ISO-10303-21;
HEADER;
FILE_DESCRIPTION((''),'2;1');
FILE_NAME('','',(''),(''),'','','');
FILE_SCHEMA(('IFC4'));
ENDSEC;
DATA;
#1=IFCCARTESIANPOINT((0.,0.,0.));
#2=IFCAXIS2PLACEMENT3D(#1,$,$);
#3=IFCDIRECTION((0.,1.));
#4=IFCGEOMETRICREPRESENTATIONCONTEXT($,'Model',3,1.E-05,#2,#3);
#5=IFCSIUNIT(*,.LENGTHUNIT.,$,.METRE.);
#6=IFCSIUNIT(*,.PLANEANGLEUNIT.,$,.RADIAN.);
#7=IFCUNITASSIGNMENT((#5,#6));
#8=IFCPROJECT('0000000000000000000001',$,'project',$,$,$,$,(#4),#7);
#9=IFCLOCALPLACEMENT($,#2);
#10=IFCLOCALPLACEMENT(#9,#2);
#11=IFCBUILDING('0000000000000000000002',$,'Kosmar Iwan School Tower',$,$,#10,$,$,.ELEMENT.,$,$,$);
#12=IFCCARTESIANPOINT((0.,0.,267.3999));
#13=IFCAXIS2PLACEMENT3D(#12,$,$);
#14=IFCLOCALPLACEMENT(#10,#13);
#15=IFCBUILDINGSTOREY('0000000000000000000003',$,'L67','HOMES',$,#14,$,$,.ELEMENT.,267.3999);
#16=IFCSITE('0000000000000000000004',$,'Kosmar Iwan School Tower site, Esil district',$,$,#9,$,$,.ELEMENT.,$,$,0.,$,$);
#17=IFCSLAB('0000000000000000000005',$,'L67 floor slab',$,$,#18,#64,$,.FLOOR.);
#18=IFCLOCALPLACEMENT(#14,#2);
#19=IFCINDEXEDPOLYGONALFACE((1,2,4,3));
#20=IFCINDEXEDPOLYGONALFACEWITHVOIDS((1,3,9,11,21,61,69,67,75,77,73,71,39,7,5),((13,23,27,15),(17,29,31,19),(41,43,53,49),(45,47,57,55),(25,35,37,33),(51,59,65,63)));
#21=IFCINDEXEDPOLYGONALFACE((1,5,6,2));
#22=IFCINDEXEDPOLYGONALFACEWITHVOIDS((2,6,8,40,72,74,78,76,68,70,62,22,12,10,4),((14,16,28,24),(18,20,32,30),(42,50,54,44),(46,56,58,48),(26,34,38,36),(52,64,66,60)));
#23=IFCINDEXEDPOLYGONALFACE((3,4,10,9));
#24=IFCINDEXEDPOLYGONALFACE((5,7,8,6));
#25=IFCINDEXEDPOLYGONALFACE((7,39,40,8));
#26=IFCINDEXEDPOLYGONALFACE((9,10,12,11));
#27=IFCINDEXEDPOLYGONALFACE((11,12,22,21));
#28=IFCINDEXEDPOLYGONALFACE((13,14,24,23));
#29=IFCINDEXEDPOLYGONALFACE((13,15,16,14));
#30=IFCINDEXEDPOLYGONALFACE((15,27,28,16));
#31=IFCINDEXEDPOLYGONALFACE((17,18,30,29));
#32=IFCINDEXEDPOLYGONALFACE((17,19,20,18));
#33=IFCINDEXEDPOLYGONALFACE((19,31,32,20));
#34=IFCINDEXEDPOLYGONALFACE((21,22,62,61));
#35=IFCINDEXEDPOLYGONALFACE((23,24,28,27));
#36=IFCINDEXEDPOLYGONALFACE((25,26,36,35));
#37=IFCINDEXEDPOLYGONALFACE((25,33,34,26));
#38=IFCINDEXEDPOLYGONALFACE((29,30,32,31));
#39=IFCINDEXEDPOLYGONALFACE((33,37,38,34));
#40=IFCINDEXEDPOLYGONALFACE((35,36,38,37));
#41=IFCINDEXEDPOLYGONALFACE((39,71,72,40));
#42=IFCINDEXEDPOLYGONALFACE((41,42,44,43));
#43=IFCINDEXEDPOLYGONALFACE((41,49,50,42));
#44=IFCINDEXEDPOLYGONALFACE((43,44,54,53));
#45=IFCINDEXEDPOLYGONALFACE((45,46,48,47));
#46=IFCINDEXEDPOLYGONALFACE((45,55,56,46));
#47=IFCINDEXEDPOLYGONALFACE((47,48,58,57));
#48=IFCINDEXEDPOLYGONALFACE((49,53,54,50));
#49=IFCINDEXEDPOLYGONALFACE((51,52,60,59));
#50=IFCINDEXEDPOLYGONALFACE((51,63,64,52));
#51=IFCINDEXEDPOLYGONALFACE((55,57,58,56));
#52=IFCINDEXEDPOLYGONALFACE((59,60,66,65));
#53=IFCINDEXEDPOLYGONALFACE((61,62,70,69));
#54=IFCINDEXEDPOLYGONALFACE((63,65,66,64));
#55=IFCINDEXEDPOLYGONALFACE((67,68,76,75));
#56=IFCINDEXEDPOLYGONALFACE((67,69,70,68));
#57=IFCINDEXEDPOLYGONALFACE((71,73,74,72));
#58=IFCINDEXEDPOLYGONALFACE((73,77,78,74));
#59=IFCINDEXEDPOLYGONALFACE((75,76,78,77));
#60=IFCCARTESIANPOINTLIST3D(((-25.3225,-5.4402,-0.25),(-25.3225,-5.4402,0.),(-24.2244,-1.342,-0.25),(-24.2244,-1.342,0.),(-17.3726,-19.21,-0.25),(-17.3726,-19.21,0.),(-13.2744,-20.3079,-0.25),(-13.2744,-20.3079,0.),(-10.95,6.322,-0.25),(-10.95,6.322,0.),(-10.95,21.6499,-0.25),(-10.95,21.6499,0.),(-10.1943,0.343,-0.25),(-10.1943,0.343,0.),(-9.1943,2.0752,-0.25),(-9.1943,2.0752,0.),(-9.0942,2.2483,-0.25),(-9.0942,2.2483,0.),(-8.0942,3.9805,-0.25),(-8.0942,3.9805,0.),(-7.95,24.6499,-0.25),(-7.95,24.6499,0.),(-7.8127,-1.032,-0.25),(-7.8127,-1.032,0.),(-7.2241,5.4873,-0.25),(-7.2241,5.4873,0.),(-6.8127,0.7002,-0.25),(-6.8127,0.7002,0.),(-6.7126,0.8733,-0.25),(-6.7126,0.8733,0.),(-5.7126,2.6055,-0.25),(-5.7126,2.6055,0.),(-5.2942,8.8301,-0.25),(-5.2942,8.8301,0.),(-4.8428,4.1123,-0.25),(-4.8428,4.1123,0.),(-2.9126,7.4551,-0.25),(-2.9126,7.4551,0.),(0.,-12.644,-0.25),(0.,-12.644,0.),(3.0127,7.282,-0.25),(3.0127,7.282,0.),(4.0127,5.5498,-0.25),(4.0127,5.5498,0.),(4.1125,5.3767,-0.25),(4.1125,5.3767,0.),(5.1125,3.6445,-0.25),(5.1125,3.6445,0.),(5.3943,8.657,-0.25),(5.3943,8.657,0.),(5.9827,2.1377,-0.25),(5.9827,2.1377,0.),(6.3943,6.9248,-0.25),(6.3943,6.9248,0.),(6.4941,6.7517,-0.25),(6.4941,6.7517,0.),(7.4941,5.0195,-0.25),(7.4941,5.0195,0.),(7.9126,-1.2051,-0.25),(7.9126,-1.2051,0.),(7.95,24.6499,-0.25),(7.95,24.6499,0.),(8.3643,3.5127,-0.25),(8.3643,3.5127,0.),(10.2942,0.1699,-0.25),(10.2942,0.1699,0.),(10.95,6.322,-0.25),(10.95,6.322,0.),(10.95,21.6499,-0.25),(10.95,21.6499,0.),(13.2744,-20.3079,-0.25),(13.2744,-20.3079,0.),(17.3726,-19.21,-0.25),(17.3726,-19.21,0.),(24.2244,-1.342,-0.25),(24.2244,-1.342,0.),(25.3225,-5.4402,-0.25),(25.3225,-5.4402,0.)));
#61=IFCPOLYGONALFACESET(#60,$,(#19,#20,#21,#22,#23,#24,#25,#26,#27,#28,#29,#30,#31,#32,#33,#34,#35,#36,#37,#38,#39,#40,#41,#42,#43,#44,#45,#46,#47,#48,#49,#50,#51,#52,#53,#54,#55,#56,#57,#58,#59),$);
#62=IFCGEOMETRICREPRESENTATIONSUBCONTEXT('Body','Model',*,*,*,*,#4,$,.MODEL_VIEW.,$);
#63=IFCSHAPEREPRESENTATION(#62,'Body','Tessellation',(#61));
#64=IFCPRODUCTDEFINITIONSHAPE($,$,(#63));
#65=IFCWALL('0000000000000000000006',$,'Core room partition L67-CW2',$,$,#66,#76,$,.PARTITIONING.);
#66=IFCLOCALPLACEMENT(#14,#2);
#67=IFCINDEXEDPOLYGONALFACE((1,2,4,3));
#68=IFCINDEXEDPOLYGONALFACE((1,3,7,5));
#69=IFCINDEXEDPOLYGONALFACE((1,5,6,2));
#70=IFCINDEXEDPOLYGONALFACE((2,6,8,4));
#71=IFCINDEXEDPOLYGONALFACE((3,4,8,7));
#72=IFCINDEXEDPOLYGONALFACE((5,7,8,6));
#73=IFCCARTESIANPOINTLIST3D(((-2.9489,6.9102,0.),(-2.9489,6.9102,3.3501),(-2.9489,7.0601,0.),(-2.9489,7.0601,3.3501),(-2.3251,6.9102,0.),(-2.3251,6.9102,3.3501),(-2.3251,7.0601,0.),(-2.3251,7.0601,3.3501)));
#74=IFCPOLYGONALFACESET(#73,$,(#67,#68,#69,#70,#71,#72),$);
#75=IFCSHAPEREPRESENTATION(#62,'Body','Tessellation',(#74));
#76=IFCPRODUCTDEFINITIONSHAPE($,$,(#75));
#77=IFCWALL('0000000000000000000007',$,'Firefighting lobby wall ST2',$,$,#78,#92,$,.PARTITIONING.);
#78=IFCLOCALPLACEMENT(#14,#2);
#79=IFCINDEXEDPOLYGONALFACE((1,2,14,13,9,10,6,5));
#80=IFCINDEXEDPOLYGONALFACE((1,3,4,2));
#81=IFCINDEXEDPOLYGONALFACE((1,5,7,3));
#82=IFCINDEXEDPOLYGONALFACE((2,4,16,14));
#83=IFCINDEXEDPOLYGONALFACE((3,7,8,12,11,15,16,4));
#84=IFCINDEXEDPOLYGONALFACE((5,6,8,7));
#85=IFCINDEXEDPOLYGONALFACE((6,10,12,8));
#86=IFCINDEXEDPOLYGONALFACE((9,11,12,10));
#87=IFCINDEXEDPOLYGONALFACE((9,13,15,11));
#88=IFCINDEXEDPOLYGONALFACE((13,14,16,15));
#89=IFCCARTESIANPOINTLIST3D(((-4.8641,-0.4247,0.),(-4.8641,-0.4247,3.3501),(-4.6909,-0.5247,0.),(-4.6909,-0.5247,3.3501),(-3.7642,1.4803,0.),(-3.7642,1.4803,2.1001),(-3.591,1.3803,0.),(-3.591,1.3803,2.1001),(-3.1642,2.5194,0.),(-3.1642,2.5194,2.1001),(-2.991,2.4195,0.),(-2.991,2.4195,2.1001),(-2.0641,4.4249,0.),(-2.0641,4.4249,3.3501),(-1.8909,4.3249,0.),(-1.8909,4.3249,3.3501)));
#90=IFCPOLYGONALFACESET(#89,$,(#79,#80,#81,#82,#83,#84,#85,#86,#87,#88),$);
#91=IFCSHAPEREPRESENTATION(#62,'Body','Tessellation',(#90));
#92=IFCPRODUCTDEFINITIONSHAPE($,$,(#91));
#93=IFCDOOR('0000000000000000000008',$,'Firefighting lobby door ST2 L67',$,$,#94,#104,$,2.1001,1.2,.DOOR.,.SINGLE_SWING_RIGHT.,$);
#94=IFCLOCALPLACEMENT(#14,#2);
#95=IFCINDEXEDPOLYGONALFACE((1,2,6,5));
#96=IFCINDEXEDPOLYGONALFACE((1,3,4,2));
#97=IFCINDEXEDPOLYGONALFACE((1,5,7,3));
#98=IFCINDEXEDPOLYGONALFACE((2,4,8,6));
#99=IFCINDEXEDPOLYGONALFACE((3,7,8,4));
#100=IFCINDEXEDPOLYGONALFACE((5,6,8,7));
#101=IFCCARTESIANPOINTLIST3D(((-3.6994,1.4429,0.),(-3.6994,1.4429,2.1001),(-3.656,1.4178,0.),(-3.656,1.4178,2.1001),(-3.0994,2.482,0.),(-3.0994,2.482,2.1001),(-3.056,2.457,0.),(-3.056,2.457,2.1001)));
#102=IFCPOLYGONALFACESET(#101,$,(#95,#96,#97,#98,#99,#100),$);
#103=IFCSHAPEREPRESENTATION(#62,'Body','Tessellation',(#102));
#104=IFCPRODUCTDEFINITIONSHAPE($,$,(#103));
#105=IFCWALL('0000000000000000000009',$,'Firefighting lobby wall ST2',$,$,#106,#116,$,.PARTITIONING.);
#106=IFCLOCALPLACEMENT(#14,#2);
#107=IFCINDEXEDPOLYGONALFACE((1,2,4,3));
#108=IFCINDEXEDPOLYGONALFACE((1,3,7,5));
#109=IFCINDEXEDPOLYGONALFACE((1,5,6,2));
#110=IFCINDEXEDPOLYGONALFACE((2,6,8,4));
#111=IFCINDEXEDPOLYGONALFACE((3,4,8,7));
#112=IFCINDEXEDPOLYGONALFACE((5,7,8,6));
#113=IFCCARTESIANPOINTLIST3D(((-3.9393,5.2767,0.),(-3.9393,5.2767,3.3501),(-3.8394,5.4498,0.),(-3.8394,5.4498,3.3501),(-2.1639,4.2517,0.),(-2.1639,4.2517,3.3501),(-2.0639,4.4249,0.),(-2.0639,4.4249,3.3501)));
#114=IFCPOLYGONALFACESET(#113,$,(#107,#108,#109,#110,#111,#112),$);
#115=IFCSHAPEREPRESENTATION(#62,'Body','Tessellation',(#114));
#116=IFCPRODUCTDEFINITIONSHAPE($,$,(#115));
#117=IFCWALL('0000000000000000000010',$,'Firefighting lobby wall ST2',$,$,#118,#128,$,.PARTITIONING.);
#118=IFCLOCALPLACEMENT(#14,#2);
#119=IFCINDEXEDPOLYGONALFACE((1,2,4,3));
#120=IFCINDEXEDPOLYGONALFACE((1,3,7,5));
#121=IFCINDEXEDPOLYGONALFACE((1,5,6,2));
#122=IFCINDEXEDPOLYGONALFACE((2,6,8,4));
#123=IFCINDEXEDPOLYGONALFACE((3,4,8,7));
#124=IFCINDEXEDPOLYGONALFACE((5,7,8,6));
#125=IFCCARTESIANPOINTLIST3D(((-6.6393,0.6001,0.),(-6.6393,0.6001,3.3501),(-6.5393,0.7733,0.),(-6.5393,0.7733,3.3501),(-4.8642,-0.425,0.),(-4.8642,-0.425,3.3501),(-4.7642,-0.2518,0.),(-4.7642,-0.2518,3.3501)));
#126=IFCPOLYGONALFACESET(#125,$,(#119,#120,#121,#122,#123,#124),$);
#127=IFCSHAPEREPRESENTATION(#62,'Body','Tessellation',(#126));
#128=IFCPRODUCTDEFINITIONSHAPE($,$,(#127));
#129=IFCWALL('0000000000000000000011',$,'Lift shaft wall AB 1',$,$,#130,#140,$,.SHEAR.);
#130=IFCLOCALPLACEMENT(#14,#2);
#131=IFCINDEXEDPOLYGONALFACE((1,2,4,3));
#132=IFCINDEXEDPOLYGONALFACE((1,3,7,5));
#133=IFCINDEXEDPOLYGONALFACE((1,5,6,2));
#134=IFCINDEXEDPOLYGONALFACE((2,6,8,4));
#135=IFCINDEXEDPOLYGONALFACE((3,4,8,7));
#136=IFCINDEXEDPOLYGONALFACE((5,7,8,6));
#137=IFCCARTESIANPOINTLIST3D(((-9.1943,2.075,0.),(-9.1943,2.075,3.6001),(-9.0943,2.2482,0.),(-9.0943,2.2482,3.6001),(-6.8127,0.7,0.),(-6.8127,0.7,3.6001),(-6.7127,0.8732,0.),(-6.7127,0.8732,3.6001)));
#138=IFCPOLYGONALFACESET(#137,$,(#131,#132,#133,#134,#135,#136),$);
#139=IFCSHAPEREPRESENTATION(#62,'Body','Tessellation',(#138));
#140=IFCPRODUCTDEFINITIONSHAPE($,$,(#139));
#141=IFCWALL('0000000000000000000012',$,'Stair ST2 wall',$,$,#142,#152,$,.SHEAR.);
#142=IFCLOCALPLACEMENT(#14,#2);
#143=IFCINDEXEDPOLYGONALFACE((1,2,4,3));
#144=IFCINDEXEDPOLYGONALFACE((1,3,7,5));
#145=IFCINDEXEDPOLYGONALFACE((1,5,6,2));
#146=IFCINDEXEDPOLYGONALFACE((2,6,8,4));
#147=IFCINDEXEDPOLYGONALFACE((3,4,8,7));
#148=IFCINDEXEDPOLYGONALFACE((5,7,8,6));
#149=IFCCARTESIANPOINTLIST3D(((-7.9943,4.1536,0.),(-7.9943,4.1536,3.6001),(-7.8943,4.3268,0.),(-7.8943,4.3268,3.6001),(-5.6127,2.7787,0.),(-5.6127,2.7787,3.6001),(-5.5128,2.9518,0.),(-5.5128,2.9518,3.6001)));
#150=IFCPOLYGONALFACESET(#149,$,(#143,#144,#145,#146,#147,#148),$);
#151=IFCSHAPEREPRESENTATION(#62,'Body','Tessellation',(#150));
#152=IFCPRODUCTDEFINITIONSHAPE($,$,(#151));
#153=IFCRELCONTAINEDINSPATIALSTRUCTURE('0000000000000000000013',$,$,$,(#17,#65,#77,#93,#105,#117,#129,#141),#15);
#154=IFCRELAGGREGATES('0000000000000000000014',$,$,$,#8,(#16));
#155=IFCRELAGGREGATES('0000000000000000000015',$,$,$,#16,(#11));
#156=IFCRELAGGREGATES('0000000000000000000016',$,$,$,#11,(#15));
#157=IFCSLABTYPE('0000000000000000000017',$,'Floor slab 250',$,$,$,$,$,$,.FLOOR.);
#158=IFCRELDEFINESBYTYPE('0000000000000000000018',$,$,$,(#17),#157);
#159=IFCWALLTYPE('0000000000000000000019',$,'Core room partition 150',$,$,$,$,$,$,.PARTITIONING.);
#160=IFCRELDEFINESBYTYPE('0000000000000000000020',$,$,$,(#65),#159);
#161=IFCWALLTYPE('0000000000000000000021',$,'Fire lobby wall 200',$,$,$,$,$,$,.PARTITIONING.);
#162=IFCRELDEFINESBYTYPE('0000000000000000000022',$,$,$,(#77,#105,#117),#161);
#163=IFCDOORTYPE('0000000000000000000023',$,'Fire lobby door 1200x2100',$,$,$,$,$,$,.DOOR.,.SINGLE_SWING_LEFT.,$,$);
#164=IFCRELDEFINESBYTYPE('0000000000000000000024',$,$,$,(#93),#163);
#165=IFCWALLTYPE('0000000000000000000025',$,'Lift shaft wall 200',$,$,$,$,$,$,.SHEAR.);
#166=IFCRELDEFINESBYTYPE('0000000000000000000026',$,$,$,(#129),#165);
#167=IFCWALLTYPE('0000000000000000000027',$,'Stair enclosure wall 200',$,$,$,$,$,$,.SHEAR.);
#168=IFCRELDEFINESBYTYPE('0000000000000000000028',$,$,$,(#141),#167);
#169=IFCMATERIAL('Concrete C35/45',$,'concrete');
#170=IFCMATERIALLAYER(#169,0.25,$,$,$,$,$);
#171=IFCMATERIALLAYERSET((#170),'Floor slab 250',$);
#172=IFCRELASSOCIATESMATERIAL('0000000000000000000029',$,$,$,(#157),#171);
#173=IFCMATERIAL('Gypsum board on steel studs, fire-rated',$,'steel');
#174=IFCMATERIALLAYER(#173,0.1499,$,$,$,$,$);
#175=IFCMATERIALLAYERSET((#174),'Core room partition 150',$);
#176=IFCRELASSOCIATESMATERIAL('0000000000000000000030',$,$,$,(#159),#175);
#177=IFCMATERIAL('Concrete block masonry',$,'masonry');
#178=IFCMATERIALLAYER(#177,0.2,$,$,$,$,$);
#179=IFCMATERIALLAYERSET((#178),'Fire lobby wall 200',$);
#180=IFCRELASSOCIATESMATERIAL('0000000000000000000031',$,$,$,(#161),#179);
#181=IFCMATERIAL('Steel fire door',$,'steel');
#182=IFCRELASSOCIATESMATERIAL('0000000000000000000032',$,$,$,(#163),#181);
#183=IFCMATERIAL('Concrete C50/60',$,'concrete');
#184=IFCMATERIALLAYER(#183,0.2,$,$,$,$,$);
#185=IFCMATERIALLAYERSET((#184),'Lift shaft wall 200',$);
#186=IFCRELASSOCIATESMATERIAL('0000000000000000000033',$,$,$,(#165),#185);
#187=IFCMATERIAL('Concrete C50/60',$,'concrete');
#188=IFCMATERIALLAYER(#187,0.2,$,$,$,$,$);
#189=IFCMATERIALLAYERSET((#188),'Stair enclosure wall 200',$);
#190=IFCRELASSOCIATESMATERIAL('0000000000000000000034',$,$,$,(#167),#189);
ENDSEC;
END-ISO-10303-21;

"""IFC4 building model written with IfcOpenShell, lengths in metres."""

from ifc_helpers import new_model, si_unit, direction, frame, frame_2d, origin, place, context, subcontext, project, spatial, polyline, rectangle, outline, extrude, material, layer, layer_set, type_object, element, fill, save


model = new_model("IFC4")

# Units and contexts
model_context = context("Model", 3, precision=1e-05, world=origin(), true_north=direction((0.0, 1.0)))
body_context = subcontext(model_context, "Body", "Model", "MODEL_VIEW")
ifc_project = project(units=[si_unit("LENGTHUNIT", "METRE"), si_unit("PLANEANGLEUNIT", "RADIAN")], contexts=[model_context])

# Site, building, storey
site_placement = place(None, origin())
site = spatial("IfcSite", under=ifc_project, at=site_placement, Name="Kosmar Iwan School Tower site, Esil district", CompositionType="ELEMENT", RefElevation=0.0)
building_placement = place(site_placement, origin())
building = spatial("IfcBuilding", under=site, at=building_placement, Name="Kosmar Iwan School Tower", CompositionType="ELEMENT")
storey_placement = place(building_placement, frame((0.0, 0.0, 267.3999)))
storey = spatial("IfcBuildingStorey", under=building, at=storey_placement, Name="L67", Description="HOMES", CompositionType="ELEMENT", Elevation=267.3999)

# Slab
ifc_material_1 = material(Name="Concrete C35/45", Category="concrete")
ifc_layer_1 = layer(ifc_material_1, 0.25)
ifc_layer_set_1 = layer_set([ifc_layer_1], Name="Floor slab 250")
slab_type = type_object("IfcSlabType", Name="Floor slab 250", PredefinedType="FLOOR", material=ifc_layer_set_1)
slab_placement = place(storey_placement, frame((0.0, 0.0, -0.25)))
element("IfcSlab", 1, at=slab_placement, inside=storey, type_object=slab_type, Name="L67 floor slab", PredefinedType="FLOOR", context=body_context, shape_type="SweptSolid", body=[
    extrude(outline(polyline([(-13.2744, -20.3079), (0.0, -12.644), (13.2744, -20.3079), (17.3726, -19.21), (25.3225, -5.4402), (24.2244, -1.342), (10.95, 6.322), (10.95, 21.6499), (7.95, 24.6499), (-7.95, 24.6499), (-10.95, 21.6499), (-10.95, 6.322), (-24.2244, -1.342), (-25.3225, -5.4402), (-17.3726, -19.21), (-13.2744, -20.3079)]), holes=[polyline([(7.9126, -1.2051), (10.2942, 0.1699), (8.3643, 3.5127), (5.9827, 2.1377), (7.9126, -1.2051)]), polyline([(-2.9126, 7.4551), (-5.2942, 8.8301), (-7.2241, 5.4873), (-4.8428, 4.1123), (-2.9126, 7.4551)]), polyline([(-5.7126, 2.6055), (-8.0942, 3.9805), (-9.0942, 2.2483), (-6.7126, 0.8733), (-5.7126, 2.6055)]), polyline([(-6.8127, 0.7002), (-9.1943, 2.0752), (-10.1943, 0.343), (-7.8127, -1.032), (-6.8127, 0.7002)]), polyline([(5.1125, 3.6445), (7.4941, 5.0195), (6.4941, 6.7517), (4.1125, 5.3767), (5.1125, 3.6445)]), polyline([(4.0127, 5.5498), (6.3943, 6.9248), (5.3943, 8.657), (3.0127, 7.282), (4.0127, 5.5498)])]), origin(), (0.0, 0.0, 1.0), 0.25),
])

# Wall
ifc_material_2 = material(Name="Gypsum board on steel studs, fire-rated", Category="steel")
ifc_layer_2 = layer(ifc_material_2, 0.1499)
ifc_layer_set_2 = layer_set([ifc_layer_2], Name="Core room partition 150")
wall_type_1 = type_object("IfcWallType", Name="Core room partition 150", PredefinedType="PARTITIONING", material=ifc_layer_set_2)
wall_1_placement = place(storey_placement, frame((-2.325, 6.9851, 0.0), z_axis=(0.0, 0.0, 1.0), x_axis=(-1.0, 0.0, 0.0)))
element("IfcWall", 2, at=wall_1_placement, inside=storey, type_object=wall_type_1, Name="Core room partition L67-CW2", PredefinedType="PARTITIONING", context=body_context, shape_type="SweptSolid", body=[
    extrude(rectangle(XDim=0.6238, YDim=0.1499, at=frame_2d((0.312, 0.0))), origin(), (0.0, 0.0, 1.0), 3.3501),
])

# Wall, opening, door
ifc_material_3 = material(Name="Concrete block masonry", Category="masonry")
ifc_layer_3 = layer(ifc_material_3, 0.2)
ifc_layer_set_3 = layer_set([ifc_layer_3], Name="Fire lobby wall 200")
wall_type_2 = type_object("IfcWallType", Name="Fire lobby wall 200", PredefinedType="PARTITIONING", material=ifc_layer_set_3)
wall_2_placement = place(storey_placement, frame((-1.9775, 4.3748, 0.0), z_axis=(0.0, 0.0, 1.0), x_axis=(-0.500017, -0.866016, 0.0)))
wall_2 = element("IfcWall", 3, at=wall_2_placement, inside=storey, type_object=wall_type_2, Name="Firefighting lobby wall ST2", PredefinedType="PARTITIONING", context=body_context, shape_type="SweptSolid", body=[
    extrude(rectangle(XDim=5.5999, YDim=0.2, at=frame_2d((2.7998, 0.0))), origin(), (0.0, 0.0, 1.0), 3.3501),
])
opening_placement = place(wall_2_placement, frame((2.2, 0.0, 0.0)))
opening = element("IfcOpeningElement", 4, at=opening_placement, cuts=wall_2, PredefinedType="OPENING", context=body_context, shape_type="SweptSolid", body=[
    extrude(rectangle(XDim=1.2, YDim=2.1001, at=frame_2d((0.6001, 1.05))), frame((0.0, 0.1121, 0.0), z_axis=(0.0, -1.0, 0.0), x_axis=(1.0, 0.0, 0.0)), (0.0, 0.0, 1.0), 0.2239),
])
ifc_material_4 = material(Name="Steel fire door", Category="steel")
door_type = type_object("IfcDoorType", Name="Fire lobby door 1200x2100", OperationType="SINGLE_SWING_LEFT", PredefinedType="DOOR", material=ifc_material_4)
door_placement = place(opening_placement, origin())
door = element("IfcDoor", 5, at=door_placement, inside=storey, type_object=door_type, Name="Firefighting lobby door ST2 L67", OperationType="SINGLE_SWING_RIGHT", OverallHeight=2.1001, OverallWidth=1.2, PredefinedType="DOOR", context=body_context, shape_type="SweptSolid", body=[
    extrude(rectangle(XDim=1.2, YDim=2.1001, at=frame_2d((0.6001, 1.05))), frame((0.0, 0.0249, 0.0), z_axis=(0.0, -1.0, 0.0), x_axis=(1.0, 0.0, 0.0)), (0.0, 0.0, 1.0), 0.05),
])
fill(opening, door)

# Walls
wall_3_placement = place(storey_placement, frame((-2.114, 4.3384, 0.0), z_axis=(0.0, 0.0, 1.0), x_axis=(-0.866051, 0.499956, 0.0)))
element("IfcWall", 6, at=wall_3_placement, inside=storey, type_object=wall_type_2, Name="Firefighting lobby wall ST2", PredefinedType="PARTITIONING", context=body_context, shape_type="SweptSolid", body=[
    extrude(rectangle(XDim=2.05, YDim=0.2, at=frame_2d((1.0249, 0.0))), origin(), (0.0, 0.0, 1.0), 3.3501),
])
wall_4_placement = place(storey_placement, frame((-4.8142, -0.3384, 0.0), z_axis=(0.0, 0.0, 1.0), x_axis=(-0.865969, 0.500097, 0.0)))
element("IfcWall", 7, at=wall_4_placement, inside=storey, type_object=wall_type_2, Name="Firefighting lobby wall ST2", PredefinedType="PARTITIONING", context=body_context, shape_type="SweptSolid", body=[
    extrude(rectangle(XDim=2.0498, YDim=0.2, at=frame_2d((1.0249, 0.0))), origin(), (0.0, 0.0, 1.0), 3.3501),
])
ifc_material_5 = material(Name="Concrete C50/60", Category="concrete")
ifc_layer_4 = layer(ifc_material_5, 0.2)
ifc_layer_set_4 = layer_set([ifc_layer_4], Name="Lift shaft wall 200")
wall_type_3 = type_object("IfcWallType", Name="Lift shaft wall 200", PredefinedType="SHEAR", material=ifc_layer_set_4)
wall_5_placement = place(storey_placement, frame((-6.7627, 0.7866, 0.0), z_axis=(0.0, 0.0, 1.0), x_axis=(-0.866027, 0.499997, 0.0)))
element("IfcWall", 8, at=wall_5_placement, inside=storey, type_object=wall_type_3, Name="Lift shaft wall AB 1", PredefinedType="SHEAR", context=body_context, shape_type="SweptSolid", body=[
    extrude(rectangle(XDim=2.75, YDim=0.2, at=frame_2d((1.375, 0.0))), origin(), (0.0, 0.0, 1.0), 3.6001),
])
ifc_material_6 = material(Name="Concrete C50/60", Category="concrete")
ifc_layer_5 = layer(ifc_material_6, 0.2)
ifc_layer_set_5 = layer_set([ifc_layer_5], Name="Stair enclosure wall 200")
wall_type_4 = type_object("IfcWallType", Name="Stair enclosure wall 200", PredefinedType="SHEAR", material=ifc_layer_set_5)
wall_6_placement = place(storey_placement, frame((-5.5627, 2.8652, 0.0), z_axis=(0.0, 0.0, 1.0), x_axis=(-0.866027, 0.499997, 0.0)))
element("IfcWall", 9, at=wall_6_placement, inside=storey, type_object=wall_type_4, Name="Stair ST2 wall", PredefinedType="SHEAR", context=body_context, shape_type="SweptSolid", body=[
    extrude(rectangle(XDim=2.75, YDim=0.2, at=frame_2d((1.375, 0.0))), origin(), (0.0, 0.0, 1.0), 3.6001),
])

save(model, "model.ifc")
